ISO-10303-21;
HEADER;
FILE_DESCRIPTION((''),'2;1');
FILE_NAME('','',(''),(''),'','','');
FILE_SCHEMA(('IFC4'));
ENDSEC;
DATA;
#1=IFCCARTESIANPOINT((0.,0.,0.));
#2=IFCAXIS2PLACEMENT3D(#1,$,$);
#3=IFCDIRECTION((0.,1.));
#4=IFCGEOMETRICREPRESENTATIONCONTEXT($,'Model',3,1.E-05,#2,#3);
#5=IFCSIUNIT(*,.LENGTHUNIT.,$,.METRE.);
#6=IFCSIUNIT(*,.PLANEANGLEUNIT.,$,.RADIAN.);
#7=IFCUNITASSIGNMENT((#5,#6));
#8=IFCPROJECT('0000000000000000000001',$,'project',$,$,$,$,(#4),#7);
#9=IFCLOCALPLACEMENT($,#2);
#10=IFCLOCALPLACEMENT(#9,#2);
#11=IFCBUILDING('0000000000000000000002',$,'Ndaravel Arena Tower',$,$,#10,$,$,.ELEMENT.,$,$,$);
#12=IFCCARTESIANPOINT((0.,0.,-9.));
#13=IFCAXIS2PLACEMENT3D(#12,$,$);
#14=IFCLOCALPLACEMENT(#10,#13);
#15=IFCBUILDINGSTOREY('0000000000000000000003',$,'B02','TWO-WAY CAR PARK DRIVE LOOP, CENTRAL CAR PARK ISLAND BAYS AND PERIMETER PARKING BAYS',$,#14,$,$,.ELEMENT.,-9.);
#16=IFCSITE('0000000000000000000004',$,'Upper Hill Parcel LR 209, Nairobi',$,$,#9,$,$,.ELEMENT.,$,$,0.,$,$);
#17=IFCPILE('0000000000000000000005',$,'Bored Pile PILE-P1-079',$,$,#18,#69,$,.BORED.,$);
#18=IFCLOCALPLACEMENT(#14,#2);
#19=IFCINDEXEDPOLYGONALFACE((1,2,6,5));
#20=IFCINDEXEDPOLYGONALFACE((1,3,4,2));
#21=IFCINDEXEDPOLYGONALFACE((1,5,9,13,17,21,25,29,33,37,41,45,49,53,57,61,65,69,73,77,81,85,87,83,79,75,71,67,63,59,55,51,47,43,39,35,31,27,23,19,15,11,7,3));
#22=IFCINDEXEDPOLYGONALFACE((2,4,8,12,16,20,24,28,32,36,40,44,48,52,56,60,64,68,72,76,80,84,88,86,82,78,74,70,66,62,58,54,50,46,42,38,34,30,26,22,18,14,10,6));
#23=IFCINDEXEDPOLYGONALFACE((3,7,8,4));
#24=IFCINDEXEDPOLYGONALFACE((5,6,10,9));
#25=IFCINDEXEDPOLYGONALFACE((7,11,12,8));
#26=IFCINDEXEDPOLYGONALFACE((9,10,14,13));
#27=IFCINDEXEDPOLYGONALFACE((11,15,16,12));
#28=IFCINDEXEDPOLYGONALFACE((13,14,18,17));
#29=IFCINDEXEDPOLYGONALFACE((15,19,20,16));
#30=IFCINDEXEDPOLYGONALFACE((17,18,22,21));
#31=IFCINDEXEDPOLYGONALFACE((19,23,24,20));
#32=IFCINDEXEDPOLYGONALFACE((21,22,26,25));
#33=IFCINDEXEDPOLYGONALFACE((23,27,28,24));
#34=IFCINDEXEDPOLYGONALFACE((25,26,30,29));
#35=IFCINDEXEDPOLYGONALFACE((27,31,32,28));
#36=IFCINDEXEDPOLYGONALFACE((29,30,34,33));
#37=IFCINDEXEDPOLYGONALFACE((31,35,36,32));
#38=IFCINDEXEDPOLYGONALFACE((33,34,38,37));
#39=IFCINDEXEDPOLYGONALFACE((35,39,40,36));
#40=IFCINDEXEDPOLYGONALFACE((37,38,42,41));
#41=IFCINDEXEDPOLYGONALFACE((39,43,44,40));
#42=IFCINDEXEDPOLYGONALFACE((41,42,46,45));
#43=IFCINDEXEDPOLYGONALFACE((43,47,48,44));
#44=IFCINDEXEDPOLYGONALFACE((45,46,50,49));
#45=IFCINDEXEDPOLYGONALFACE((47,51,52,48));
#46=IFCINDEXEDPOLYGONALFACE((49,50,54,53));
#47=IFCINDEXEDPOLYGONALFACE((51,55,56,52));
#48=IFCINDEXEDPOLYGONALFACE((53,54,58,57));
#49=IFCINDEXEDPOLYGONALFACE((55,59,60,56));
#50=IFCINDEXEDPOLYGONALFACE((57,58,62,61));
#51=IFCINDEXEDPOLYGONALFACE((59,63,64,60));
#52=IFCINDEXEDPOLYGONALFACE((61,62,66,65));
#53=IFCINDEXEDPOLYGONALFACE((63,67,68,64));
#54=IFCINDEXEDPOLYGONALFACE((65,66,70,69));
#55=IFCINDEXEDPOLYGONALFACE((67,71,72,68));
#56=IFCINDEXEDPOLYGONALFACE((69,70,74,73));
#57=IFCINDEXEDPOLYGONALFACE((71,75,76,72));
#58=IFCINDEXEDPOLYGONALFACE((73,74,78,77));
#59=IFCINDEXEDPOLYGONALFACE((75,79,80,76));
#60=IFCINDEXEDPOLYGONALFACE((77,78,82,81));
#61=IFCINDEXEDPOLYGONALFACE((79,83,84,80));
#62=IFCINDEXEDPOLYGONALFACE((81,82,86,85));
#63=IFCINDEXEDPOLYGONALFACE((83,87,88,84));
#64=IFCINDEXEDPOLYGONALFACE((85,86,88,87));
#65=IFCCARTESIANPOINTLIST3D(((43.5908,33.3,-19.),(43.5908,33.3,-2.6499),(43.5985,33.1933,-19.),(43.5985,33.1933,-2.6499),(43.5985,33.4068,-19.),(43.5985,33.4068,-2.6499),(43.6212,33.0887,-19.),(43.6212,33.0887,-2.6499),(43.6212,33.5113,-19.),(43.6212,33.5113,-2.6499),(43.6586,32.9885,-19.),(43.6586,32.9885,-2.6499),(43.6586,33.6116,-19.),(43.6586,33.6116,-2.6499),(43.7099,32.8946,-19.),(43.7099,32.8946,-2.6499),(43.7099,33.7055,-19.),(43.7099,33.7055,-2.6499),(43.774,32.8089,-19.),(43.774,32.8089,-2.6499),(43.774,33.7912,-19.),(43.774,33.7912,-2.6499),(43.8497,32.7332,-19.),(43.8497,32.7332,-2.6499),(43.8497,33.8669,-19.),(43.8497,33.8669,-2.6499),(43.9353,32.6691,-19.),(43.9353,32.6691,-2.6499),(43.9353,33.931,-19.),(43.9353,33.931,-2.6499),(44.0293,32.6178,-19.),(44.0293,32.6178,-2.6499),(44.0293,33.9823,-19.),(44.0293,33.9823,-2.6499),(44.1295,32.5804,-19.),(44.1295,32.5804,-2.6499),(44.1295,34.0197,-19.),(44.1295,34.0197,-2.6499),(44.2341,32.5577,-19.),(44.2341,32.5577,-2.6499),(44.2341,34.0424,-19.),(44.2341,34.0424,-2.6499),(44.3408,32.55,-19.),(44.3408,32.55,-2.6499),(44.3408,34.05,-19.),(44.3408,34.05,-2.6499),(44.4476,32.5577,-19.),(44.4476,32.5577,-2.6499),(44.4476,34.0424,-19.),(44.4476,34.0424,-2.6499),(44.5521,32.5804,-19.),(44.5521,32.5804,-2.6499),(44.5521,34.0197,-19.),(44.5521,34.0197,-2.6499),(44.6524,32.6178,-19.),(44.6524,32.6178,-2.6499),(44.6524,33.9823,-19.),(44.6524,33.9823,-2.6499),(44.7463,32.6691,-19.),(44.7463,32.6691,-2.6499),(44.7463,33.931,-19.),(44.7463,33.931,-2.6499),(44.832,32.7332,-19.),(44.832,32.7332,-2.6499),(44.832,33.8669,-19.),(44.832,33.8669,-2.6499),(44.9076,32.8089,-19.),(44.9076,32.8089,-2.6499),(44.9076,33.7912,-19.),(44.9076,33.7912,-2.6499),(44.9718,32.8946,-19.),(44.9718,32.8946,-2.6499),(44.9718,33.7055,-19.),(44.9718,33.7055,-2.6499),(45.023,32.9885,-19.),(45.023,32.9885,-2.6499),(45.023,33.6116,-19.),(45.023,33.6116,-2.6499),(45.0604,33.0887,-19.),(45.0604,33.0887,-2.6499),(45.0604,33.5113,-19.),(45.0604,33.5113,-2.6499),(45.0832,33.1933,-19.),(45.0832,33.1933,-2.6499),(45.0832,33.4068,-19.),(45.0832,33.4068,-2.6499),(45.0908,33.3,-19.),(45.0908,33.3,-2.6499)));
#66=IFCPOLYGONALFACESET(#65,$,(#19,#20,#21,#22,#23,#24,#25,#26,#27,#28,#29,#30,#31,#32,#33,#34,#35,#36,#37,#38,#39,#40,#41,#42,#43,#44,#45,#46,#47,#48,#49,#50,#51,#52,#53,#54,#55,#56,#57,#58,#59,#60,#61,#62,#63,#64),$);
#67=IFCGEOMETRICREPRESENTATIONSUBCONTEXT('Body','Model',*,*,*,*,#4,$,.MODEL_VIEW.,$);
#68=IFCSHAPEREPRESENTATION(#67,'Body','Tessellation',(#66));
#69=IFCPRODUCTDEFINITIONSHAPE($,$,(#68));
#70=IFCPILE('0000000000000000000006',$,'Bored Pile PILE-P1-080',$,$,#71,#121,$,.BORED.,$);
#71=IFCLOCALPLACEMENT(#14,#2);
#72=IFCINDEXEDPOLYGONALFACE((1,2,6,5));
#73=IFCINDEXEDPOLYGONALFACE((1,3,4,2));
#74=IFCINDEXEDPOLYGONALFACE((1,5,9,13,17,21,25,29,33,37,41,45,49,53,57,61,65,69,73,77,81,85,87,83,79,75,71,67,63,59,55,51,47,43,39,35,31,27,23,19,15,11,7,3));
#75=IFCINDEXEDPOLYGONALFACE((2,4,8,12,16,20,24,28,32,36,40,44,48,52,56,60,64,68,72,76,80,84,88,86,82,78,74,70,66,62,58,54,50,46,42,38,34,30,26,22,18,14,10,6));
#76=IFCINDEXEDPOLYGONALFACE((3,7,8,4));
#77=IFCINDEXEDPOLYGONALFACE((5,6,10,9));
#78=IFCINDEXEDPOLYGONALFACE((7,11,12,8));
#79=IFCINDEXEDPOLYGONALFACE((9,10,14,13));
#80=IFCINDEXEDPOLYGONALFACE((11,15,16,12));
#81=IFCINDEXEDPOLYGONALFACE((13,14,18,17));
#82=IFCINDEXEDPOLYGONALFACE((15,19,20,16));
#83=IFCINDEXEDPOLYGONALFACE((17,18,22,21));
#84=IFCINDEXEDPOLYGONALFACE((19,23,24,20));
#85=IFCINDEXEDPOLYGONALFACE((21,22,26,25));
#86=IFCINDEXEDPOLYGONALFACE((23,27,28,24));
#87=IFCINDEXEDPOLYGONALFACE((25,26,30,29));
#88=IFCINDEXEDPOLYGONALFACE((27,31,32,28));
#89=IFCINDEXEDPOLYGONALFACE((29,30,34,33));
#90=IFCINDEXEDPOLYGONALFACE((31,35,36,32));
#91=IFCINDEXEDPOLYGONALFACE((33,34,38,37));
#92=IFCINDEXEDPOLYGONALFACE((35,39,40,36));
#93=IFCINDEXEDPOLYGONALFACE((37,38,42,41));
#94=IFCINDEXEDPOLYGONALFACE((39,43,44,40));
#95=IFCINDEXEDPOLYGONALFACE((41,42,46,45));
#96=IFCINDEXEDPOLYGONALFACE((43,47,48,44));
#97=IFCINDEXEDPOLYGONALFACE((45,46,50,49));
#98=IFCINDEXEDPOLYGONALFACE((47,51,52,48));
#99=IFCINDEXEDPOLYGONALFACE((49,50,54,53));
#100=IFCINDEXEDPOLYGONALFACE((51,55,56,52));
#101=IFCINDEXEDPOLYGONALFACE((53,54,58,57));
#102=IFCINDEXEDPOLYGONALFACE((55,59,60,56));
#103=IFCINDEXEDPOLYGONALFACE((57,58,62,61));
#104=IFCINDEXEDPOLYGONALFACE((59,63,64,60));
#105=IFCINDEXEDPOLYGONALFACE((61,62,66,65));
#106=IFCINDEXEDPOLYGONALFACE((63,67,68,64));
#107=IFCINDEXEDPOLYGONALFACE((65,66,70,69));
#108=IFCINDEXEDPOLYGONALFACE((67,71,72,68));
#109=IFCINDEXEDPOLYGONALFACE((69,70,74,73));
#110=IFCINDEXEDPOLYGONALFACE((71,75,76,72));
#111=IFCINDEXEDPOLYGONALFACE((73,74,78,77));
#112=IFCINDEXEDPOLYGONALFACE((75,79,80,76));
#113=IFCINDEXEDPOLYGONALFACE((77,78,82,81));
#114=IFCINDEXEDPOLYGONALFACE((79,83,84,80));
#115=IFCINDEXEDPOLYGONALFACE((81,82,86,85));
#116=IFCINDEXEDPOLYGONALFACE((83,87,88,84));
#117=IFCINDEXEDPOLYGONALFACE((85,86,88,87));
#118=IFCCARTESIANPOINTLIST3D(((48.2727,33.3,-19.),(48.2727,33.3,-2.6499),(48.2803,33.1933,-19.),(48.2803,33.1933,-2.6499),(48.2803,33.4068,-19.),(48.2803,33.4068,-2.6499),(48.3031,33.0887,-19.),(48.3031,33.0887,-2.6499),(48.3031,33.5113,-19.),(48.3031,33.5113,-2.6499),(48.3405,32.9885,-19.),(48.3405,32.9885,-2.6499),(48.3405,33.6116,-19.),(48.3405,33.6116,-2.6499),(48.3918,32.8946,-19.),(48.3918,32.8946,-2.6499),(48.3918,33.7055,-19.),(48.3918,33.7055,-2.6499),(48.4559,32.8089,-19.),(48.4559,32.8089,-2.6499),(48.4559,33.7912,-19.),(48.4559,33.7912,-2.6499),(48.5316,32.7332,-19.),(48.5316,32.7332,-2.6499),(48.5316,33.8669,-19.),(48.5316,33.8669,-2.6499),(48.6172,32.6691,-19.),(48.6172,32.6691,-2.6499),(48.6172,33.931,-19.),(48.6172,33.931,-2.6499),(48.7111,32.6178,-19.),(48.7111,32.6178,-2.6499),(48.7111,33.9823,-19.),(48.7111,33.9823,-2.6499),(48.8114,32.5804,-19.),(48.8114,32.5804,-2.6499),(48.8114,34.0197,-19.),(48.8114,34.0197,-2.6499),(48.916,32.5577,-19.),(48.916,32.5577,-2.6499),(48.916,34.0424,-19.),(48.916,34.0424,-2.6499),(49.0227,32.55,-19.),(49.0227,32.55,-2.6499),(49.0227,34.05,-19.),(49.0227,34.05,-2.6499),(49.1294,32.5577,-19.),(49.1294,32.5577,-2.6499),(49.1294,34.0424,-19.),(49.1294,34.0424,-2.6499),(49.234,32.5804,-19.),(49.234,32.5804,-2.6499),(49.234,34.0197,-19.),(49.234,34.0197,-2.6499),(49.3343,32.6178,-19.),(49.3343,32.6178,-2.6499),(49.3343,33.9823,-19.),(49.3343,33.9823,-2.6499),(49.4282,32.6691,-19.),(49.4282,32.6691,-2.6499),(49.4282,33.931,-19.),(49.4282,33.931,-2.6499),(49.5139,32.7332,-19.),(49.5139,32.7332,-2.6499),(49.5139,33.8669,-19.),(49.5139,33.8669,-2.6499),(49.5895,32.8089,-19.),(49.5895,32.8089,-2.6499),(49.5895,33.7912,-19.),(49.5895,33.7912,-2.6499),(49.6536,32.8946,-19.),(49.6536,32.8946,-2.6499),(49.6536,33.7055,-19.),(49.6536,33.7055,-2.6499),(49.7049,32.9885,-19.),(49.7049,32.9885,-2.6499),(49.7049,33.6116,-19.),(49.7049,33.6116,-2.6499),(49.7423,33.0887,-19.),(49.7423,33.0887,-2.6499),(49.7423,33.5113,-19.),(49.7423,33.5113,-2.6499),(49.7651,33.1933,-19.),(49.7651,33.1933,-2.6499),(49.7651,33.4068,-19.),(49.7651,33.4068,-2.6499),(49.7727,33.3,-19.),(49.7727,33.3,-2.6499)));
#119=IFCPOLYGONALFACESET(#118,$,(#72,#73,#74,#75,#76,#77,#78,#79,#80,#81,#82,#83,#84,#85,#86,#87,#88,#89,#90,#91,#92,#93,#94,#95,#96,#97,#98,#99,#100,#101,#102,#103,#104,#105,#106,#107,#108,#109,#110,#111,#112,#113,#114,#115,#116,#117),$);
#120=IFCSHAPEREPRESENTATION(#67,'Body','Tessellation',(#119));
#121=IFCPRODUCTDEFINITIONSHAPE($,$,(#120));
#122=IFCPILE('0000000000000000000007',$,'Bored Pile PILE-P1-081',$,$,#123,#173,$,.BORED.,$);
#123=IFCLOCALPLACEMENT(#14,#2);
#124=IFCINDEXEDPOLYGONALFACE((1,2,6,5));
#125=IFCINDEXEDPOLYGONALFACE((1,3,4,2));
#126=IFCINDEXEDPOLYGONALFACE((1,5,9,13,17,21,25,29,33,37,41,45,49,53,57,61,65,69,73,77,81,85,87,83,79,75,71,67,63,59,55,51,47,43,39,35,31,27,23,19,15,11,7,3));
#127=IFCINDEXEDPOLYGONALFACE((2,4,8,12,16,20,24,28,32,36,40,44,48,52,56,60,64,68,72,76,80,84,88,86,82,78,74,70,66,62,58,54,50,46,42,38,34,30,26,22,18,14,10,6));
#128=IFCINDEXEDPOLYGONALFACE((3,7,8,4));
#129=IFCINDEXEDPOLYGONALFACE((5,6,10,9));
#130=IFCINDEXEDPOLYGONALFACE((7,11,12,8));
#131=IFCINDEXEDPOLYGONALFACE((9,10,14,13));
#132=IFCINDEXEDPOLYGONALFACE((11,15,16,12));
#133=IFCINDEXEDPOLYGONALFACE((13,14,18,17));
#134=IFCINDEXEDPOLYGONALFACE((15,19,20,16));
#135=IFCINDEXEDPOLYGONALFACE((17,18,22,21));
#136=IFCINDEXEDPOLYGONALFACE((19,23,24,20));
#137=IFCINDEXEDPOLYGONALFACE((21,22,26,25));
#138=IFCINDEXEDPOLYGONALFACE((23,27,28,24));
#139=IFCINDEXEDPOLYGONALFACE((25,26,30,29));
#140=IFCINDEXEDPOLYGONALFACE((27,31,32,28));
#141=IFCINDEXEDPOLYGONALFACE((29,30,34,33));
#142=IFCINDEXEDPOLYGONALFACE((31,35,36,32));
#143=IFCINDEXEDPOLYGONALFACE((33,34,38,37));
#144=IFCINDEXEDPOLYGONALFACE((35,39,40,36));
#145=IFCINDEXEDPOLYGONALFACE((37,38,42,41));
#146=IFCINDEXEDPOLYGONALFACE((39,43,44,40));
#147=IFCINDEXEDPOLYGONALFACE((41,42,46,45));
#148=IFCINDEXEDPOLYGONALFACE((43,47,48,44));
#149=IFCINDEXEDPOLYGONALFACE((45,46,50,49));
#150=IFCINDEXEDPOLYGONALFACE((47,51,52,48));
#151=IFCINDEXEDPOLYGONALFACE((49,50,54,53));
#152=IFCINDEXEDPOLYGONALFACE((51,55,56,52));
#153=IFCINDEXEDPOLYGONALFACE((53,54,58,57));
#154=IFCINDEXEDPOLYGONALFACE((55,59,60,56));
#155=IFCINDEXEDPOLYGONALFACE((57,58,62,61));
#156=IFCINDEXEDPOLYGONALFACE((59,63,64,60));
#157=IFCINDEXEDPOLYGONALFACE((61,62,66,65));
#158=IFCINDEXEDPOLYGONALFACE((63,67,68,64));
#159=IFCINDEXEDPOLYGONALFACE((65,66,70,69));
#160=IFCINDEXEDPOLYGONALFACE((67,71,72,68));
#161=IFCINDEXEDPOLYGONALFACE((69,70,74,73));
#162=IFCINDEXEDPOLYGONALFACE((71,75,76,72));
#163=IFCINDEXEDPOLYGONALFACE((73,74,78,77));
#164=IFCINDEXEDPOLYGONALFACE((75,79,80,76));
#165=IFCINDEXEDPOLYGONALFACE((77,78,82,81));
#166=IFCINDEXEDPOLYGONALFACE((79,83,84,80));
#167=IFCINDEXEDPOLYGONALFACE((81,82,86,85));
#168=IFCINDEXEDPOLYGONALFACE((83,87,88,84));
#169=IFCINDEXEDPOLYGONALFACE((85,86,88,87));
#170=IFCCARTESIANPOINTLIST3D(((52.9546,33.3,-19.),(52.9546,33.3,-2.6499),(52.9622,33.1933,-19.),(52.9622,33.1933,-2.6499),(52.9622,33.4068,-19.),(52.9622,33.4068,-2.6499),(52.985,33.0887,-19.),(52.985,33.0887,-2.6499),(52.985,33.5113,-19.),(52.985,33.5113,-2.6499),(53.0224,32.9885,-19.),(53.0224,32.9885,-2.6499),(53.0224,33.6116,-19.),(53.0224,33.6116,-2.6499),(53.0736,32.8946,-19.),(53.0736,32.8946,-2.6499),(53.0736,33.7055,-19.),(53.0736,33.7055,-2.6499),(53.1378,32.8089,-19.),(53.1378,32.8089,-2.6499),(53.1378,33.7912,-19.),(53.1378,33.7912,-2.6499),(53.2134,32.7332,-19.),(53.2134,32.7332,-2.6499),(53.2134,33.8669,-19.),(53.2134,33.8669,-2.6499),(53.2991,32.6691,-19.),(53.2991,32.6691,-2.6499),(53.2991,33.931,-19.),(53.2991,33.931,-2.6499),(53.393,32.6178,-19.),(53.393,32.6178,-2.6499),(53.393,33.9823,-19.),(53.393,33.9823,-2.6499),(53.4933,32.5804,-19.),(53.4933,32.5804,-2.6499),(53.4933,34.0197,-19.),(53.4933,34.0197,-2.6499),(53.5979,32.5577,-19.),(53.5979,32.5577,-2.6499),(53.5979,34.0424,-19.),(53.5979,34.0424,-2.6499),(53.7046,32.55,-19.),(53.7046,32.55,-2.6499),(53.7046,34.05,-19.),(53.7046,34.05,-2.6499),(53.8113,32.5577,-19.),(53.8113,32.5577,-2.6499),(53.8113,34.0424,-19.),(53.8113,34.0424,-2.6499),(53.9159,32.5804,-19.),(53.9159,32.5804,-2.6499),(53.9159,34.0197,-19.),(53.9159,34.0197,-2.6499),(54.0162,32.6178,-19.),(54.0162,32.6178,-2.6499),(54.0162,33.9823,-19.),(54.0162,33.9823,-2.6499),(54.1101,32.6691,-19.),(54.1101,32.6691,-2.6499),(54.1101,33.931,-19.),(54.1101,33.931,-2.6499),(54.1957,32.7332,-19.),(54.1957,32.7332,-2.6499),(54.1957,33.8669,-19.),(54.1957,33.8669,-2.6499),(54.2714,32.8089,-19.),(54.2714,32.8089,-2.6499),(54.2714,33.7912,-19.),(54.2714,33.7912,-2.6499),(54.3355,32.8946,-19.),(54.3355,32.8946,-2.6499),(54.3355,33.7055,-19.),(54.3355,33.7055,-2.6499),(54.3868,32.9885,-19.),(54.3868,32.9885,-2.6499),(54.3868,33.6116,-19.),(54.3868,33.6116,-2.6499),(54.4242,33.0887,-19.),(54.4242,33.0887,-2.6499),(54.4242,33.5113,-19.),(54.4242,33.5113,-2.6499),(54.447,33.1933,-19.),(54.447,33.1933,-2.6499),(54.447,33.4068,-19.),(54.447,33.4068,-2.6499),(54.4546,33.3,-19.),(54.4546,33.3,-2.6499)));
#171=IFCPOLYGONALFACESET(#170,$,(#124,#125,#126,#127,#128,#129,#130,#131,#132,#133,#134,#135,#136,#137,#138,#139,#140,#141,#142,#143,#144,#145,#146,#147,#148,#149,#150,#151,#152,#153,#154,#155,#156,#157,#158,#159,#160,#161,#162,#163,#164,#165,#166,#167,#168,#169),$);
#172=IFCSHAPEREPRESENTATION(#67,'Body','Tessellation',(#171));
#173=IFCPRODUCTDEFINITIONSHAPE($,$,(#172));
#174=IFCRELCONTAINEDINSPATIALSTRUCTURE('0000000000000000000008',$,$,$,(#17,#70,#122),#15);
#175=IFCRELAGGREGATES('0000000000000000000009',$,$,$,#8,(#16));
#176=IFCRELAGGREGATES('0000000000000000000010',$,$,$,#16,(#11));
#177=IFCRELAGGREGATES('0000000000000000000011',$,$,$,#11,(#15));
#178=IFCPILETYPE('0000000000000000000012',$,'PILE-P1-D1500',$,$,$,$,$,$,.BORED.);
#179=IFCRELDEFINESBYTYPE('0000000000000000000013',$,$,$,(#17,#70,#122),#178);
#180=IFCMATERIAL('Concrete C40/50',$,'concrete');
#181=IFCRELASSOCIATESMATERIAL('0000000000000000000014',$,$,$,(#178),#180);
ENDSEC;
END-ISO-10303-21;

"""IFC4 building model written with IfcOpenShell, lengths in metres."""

from ifc_helpers import new_model, si_unit, direction, frame, origin, origin_2d, place, context, subcontext, project, spatial, circle, extrude, material, material_profile, profile_set, type_object, element, save


model = new_model("IFC4")

# Units and contexts
model_context = context("Model", 3, precision=1e-05, world=origin(), true_north=direction((0.0, 1.0)))
body_context = subcontext(model_context, "Body", "Model", "MODEL_VIEW")
ifc_project = project(units=[si_unit("LENGTHUNIT", "METRE"), si_unit("PLANEANGLEUNIT", "RADIAN")], contexts=[model_context])

# Site, building, storey
site_placement = place(None, origin())
site = spatial("IfcSite", under=ifc_project, at=site_placement, Name="Upper Hill Parcel LR 209, Nairobi", CompositionType="ELEMENT", RefElevation=0.0)
building_placement = place(site_placement, origin())
building = spatial("IfcBuilding", under=site, at=building_placement, Name="Ndaravel Arena Tower", CompositionType="ELEMENT")
storey_placement = place(building_placement, frame((0.0, 0.0, -9.0)))
storey = spatial("IfcBuildingStorey", under=building, at=storey_placement, Name="B02", Description="TWO-WAY CAR PARK DRIVE LOOP, CENTRAL CAR PARK ISLAND BAYS AND PERIMETER PARKING BAYS", CompositionType="ELEMENT", Elevation=-9.0)

# Piles
ifc_material_1 = material(Name="Concrete C40/50", Category="concrete")
ifc_material_profile_1 = material_profile(ifc_material_1, circle(Radius=0.75, at=origin_2d()), Name="BORED PILE D1500")
ifc_profile_set_1 = profile_set([ifc_material_profile_1], Name="Concrete C40/50")
pile_type = type_object("IfcPileType", Name="PILE-P1-D1500", PredefinedType="BORED", material=ifc_profile_set_1)
for number, where, z_axis, x_axis, name in (
    (1, (44.3408, 33.3, -2.6499), (0.0, 0.0, -1.0), (1.0, 0.0, 0.0), "Bored Pile PILE-P1-079"),
    (2, (49.0227, 33.3, -2.6499), (0.0, 0.0, -1.0), (1.0, 0.0, 0.0), "Bored Pile PILE-P1-080"),
    (3, (53.7046, 33.3, -2.6499), (0.0, 0.0, -1.0), (1.0, 0.0, 0.0), "Bored Pile PILE-P1-081"),
):
    element("IfcPile", number, at=place(storey_placement, frame(where, z_axis=z_axis, x_axis=x_axis)), inside=storey, type_object=pile_type, Name=name, PredefinedType="BORED", context=body_context, shape_type="SweptSolid", body=[
        extrude(circle(Radius=0.75, at=origin_2d()), origin(), (0.0, 0.0, 1.0), 16.3501),
    ])

save(model, "model.ifc")
